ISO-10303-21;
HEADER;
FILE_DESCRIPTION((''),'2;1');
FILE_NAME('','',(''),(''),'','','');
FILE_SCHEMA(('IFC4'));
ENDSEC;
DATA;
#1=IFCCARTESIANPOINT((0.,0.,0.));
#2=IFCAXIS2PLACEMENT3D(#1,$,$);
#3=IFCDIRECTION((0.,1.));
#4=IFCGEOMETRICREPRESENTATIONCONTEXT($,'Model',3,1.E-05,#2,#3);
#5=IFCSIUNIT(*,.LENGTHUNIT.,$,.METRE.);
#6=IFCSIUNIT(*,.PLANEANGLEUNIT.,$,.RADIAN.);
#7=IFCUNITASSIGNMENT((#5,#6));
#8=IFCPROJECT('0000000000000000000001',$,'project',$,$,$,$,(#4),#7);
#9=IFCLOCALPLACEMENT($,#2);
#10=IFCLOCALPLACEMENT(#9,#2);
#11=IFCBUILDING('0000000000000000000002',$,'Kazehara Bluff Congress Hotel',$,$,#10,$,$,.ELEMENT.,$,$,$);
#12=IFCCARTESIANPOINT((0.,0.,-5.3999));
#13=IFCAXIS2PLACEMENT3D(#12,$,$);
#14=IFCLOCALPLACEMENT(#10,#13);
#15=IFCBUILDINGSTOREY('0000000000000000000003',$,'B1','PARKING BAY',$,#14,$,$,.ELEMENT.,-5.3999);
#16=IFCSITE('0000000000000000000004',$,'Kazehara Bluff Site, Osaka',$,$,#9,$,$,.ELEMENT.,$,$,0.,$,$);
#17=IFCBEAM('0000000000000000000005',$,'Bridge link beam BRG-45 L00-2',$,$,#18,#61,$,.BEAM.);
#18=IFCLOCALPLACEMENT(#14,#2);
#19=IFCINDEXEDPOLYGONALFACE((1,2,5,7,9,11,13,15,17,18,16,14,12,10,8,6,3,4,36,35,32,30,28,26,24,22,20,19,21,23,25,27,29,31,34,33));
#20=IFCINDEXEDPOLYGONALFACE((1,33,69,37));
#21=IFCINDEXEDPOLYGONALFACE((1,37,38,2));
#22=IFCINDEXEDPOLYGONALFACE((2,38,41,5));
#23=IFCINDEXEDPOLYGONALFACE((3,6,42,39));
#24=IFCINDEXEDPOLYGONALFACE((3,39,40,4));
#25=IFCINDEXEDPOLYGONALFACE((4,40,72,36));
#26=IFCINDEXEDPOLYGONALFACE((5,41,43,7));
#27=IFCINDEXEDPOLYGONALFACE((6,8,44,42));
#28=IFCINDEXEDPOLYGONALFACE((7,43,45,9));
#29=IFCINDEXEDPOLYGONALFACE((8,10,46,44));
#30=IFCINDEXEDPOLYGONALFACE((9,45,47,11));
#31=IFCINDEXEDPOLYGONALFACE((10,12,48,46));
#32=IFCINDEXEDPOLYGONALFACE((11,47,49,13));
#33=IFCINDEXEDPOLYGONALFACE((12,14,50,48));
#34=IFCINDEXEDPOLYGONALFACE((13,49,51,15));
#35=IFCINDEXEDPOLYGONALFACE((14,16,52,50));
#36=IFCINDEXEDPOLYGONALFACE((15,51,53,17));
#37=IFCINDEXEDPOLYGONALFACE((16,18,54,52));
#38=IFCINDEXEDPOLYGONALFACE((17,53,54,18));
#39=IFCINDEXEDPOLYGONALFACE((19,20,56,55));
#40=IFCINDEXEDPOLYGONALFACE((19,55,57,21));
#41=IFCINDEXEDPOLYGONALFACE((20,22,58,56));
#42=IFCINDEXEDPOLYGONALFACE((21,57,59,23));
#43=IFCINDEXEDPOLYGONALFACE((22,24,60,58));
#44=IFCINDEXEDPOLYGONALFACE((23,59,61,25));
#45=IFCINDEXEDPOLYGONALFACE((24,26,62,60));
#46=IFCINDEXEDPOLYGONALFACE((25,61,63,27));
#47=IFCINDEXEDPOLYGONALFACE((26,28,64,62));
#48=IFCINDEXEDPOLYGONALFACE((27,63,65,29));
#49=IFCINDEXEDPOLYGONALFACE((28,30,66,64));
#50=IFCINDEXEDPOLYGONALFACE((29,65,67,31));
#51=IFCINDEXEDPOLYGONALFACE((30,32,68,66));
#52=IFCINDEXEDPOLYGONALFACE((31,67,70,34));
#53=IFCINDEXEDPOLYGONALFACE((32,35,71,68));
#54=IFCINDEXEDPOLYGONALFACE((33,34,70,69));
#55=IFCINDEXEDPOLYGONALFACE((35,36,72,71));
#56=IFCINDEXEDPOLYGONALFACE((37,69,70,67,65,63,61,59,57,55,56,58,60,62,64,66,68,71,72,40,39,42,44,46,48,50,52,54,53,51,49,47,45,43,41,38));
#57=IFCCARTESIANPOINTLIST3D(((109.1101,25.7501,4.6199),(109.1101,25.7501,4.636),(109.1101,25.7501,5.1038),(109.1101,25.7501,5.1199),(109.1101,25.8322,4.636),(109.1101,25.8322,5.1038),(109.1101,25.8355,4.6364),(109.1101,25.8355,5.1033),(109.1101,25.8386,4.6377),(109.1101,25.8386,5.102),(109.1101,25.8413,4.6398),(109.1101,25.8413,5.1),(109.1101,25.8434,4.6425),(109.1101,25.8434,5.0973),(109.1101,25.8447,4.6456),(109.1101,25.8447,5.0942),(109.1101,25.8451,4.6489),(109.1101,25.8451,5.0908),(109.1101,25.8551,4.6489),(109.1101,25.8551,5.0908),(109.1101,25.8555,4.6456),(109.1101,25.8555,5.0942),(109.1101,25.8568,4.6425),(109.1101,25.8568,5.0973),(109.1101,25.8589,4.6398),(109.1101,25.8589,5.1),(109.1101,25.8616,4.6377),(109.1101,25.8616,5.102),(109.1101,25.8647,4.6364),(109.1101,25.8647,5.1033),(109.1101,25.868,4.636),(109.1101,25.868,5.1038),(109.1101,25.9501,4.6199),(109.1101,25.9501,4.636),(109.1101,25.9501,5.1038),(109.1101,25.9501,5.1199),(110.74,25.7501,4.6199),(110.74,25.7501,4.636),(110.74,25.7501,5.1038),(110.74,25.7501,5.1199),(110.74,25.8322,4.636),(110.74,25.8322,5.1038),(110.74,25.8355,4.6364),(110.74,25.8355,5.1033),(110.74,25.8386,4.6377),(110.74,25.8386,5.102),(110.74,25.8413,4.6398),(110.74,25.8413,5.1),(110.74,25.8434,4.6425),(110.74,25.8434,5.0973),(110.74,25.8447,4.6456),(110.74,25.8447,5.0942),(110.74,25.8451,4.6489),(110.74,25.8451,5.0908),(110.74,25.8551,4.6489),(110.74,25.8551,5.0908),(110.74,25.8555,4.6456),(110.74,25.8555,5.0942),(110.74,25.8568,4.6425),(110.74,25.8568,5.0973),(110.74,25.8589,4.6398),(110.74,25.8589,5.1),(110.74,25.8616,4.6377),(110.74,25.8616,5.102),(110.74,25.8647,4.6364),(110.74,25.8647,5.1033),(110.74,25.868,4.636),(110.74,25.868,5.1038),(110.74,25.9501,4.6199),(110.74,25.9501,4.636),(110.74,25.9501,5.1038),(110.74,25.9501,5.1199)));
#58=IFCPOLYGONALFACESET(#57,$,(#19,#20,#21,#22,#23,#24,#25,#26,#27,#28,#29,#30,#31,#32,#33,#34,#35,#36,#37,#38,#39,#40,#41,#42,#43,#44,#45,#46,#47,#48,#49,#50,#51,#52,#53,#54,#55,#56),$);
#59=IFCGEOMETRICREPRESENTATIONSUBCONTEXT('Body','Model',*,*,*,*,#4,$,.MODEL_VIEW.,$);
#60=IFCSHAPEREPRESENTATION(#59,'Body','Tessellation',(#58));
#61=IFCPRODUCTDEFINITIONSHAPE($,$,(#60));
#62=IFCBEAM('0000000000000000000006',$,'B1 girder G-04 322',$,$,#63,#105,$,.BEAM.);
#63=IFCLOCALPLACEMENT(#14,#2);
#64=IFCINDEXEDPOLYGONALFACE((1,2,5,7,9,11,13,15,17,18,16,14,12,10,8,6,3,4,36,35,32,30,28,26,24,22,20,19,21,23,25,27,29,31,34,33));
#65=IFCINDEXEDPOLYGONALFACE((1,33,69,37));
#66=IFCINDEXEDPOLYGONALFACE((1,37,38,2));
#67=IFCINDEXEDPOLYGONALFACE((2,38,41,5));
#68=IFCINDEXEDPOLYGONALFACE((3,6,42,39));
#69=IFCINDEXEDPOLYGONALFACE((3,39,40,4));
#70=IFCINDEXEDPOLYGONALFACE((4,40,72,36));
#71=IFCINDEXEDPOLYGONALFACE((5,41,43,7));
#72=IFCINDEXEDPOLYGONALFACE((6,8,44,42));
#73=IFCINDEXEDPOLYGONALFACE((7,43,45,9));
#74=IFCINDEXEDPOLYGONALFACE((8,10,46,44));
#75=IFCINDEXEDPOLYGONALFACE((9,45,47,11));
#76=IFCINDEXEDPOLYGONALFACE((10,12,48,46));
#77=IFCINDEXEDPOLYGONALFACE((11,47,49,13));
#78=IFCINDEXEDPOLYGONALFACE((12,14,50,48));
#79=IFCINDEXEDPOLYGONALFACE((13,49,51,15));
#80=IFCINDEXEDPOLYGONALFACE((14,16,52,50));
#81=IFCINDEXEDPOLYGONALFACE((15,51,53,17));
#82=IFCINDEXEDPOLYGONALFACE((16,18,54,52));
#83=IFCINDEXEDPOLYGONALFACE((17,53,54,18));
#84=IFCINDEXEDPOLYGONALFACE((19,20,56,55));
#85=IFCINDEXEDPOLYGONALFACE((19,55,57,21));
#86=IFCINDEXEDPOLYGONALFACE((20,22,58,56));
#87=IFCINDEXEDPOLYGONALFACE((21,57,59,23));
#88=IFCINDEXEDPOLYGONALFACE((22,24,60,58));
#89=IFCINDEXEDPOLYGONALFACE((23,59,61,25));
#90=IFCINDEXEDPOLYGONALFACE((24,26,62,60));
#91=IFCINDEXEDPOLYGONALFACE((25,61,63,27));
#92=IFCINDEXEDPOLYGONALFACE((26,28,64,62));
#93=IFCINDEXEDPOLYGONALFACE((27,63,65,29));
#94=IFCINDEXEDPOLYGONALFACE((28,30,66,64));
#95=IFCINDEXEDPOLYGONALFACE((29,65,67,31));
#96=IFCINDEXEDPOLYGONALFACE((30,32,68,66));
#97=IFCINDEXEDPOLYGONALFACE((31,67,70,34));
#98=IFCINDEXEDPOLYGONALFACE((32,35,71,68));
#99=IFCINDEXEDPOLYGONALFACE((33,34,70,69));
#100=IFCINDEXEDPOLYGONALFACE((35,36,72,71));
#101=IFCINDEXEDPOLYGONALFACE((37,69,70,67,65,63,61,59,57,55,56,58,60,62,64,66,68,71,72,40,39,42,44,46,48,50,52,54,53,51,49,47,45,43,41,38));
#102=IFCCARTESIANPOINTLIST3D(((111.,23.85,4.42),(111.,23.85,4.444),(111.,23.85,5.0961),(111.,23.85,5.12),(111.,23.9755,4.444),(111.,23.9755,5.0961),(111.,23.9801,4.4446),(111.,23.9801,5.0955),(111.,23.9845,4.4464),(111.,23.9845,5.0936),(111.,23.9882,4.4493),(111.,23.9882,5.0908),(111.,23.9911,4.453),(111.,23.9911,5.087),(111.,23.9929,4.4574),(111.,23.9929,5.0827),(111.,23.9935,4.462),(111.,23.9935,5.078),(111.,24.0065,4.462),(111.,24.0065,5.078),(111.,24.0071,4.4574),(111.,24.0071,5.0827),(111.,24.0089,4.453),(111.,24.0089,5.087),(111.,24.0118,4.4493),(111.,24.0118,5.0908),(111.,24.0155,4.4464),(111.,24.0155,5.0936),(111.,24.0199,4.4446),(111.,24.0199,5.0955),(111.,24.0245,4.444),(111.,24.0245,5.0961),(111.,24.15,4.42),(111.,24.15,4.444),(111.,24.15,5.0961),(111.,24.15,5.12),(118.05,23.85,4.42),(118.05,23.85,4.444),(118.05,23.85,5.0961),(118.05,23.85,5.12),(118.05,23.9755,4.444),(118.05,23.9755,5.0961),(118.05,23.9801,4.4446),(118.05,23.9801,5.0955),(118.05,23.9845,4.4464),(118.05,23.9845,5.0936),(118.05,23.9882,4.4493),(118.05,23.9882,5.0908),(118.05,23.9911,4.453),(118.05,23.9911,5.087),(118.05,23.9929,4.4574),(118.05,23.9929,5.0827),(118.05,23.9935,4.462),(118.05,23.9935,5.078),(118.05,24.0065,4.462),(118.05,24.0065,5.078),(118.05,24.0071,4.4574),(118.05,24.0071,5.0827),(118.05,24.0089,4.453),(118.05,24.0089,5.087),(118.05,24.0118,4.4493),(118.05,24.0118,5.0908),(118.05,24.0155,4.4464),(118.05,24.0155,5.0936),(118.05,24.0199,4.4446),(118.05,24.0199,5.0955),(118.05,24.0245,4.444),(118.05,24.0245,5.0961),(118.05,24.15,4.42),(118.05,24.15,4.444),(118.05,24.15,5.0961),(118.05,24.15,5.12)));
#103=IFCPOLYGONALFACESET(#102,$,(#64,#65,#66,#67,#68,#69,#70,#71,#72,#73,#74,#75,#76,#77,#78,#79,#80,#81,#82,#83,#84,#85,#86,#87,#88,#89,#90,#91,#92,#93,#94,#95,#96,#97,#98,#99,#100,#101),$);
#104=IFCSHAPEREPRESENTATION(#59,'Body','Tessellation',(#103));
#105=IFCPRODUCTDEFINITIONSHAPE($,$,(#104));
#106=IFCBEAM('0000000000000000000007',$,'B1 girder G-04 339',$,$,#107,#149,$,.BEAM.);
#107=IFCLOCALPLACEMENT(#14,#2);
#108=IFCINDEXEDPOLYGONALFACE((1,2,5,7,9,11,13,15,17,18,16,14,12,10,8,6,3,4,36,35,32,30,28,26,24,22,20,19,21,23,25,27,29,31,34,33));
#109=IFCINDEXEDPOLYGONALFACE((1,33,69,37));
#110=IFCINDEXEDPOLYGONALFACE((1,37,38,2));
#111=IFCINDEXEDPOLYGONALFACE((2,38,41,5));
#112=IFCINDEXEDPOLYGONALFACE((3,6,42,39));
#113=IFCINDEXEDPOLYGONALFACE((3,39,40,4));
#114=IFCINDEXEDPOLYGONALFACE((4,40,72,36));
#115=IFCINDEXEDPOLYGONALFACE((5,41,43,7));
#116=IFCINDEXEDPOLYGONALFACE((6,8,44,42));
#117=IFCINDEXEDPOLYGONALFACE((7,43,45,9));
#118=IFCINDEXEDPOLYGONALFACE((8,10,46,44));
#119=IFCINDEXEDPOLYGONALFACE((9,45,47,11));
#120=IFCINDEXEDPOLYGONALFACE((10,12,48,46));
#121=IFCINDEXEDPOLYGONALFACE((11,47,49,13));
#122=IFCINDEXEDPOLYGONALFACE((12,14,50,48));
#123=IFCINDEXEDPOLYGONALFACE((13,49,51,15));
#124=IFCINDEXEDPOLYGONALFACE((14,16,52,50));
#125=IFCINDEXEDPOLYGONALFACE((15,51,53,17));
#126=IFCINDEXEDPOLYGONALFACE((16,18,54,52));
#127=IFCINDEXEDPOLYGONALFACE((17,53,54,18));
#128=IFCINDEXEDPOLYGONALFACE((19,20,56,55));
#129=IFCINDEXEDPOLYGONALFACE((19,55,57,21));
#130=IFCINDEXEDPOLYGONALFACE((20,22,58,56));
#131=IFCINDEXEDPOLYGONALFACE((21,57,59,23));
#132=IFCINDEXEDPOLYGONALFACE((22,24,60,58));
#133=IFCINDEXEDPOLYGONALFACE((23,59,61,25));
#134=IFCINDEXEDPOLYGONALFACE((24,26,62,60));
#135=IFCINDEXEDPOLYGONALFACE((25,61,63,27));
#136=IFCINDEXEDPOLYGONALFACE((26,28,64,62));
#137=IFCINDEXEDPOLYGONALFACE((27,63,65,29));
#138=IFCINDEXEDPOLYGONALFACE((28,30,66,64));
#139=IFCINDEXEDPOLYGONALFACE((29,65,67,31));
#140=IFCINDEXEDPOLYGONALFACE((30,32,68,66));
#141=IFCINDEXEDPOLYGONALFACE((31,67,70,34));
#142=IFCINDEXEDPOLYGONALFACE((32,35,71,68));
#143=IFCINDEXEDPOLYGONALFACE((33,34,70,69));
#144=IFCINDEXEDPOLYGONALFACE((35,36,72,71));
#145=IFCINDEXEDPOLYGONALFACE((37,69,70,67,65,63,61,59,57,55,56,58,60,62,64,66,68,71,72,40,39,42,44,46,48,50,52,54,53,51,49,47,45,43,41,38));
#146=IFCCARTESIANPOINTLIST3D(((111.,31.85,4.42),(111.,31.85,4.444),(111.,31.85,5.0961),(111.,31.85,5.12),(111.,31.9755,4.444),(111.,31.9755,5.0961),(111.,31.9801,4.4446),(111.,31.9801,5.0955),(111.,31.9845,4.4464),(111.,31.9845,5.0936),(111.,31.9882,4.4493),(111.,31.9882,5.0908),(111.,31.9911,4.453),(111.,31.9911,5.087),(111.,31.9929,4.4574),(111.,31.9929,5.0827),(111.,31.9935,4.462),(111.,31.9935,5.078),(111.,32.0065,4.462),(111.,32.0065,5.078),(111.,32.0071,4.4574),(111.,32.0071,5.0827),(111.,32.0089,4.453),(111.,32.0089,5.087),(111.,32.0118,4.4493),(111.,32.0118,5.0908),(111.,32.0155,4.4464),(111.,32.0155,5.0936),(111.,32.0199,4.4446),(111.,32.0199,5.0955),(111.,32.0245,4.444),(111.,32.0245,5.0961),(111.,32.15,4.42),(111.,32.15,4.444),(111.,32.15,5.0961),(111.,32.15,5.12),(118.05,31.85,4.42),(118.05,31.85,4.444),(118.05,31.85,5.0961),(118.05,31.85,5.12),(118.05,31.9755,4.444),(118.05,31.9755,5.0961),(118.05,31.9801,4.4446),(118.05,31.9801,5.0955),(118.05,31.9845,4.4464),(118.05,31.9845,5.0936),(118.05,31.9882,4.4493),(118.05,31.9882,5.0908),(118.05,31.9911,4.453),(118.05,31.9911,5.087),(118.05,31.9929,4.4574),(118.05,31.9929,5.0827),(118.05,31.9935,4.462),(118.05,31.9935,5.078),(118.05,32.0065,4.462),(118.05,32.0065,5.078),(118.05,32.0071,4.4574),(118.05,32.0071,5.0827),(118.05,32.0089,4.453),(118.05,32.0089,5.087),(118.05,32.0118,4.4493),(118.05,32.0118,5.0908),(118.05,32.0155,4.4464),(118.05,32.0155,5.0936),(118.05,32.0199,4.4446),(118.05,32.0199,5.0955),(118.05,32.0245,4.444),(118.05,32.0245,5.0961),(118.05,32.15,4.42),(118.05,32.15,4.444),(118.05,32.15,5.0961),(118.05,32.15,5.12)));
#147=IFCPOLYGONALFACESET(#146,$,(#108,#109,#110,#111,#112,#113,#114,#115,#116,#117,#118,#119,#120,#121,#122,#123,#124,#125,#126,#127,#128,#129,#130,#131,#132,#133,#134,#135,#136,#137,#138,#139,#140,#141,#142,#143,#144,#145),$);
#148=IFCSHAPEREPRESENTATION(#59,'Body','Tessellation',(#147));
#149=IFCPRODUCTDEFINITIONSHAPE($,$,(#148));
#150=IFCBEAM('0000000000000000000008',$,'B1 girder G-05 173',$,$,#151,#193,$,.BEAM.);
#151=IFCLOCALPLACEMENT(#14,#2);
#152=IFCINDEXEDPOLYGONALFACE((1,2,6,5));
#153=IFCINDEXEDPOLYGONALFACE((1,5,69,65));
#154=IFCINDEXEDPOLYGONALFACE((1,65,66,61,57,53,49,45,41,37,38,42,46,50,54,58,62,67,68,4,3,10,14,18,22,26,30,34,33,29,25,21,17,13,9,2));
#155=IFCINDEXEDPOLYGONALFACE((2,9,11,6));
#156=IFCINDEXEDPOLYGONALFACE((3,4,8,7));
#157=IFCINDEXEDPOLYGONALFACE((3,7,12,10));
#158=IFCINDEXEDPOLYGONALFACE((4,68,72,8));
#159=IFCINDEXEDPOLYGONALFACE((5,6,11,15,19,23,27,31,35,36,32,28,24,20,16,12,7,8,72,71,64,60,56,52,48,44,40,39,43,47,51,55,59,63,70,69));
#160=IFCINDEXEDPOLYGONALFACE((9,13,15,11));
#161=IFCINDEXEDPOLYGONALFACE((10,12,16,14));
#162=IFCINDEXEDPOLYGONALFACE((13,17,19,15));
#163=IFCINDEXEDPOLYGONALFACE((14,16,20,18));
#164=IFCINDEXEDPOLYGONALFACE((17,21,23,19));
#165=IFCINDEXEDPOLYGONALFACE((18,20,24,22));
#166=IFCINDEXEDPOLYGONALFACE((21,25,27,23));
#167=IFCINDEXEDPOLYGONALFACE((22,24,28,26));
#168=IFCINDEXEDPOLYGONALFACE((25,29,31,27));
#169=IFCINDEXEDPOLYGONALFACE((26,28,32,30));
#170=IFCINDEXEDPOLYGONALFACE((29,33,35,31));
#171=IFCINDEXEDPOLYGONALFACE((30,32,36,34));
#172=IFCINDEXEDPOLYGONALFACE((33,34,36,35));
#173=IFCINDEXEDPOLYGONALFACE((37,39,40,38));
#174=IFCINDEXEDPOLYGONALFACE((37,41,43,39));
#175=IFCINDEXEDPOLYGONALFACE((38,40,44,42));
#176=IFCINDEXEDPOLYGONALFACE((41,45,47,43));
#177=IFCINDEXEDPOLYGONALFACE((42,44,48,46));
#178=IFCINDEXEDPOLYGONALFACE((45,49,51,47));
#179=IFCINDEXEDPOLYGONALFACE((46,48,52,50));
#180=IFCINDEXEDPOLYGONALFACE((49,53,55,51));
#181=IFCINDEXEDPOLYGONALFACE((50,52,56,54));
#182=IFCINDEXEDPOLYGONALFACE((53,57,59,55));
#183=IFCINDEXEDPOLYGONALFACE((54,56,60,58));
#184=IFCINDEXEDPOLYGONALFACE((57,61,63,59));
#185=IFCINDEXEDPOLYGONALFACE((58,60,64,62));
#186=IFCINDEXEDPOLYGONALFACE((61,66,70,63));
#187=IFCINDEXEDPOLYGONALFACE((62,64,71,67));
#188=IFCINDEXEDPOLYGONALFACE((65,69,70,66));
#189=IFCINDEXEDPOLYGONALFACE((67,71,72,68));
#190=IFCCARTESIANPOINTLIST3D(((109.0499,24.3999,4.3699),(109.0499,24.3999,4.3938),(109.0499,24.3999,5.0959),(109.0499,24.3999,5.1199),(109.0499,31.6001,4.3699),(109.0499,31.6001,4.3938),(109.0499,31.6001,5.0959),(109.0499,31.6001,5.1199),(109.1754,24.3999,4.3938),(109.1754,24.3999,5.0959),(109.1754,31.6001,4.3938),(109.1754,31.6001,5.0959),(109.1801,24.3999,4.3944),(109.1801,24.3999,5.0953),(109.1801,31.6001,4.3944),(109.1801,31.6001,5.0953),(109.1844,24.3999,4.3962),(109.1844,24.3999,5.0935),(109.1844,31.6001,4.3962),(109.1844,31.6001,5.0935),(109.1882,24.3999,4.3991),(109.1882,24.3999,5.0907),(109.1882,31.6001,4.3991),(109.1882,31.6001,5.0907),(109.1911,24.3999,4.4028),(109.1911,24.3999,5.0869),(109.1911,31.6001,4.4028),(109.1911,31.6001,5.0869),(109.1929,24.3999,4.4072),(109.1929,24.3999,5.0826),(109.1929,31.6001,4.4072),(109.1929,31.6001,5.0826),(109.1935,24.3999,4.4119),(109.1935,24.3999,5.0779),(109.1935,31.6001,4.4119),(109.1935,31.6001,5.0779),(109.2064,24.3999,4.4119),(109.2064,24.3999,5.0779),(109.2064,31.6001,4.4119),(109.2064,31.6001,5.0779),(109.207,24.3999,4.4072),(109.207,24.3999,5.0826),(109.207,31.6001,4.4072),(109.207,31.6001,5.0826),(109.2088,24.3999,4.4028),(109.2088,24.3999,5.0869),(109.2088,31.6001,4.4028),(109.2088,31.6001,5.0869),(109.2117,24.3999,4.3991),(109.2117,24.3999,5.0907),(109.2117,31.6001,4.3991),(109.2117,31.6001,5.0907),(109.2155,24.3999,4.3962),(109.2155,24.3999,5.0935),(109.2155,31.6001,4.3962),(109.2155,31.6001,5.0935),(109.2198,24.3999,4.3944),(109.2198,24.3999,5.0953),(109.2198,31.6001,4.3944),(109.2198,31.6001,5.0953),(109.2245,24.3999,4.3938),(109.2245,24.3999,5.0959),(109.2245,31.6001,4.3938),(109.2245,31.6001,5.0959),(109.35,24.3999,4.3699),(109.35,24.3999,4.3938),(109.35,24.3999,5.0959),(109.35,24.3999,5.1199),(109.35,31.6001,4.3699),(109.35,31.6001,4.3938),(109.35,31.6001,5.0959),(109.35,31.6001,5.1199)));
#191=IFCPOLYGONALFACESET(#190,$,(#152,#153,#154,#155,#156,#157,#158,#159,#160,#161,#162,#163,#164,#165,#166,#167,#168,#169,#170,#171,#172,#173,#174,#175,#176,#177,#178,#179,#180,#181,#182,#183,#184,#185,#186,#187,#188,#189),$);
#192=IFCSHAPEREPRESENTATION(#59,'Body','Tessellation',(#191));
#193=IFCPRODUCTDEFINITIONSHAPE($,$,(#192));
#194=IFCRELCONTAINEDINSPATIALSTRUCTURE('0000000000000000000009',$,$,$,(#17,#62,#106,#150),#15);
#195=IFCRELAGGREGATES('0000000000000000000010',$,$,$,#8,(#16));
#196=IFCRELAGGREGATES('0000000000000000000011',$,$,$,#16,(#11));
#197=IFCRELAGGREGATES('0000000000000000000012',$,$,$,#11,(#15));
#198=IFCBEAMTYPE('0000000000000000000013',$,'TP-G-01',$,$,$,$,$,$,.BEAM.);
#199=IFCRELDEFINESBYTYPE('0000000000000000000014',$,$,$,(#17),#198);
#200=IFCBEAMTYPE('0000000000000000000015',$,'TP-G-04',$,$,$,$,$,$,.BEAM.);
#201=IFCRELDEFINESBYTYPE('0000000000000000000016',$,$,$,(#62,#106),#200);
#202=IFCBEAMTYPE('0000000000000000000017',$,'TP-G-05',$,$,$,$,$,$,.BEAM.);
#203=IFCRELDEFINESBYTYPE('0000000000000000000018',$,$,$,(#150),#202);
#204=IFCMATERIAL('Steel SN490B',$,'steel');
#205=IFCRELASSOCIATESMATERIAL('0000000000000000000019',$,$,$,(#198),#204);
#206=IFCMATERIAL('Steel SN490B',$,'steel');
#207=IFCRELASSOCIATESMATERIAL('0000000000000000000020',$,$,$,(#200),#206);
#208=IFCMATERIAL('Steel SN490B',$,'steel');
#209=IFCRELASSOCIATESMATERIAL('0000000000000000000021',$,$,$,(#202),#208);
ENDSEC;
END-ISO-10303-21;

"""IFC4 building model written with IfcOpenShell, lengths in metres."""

from ifc_helpers import new_model, si_unit, direction, frame, origin, origin_2d, place, context, subcontext, project, spatial, i_section, extrude, material, material_profile, profile_set, type_object, element, save


model = new_model("IFC4")

# Units and contexts
model_context = context("Model", 3, precision=1e-05, world=origin(), true_north=direction((0.0, 1.0)))
body_context = subcontext(model_context, "Body", "Model", "MODEL_VIEW")
ifc_project = project(units=[si_unit("LENGTHUNIT", "METRE"), si_unit("PLANEANGLEUNIT", "RADIAN")], contexts=[model_context])

# Site, building, storey
site_placement = place(None, origin())
site = spatial("IfcSite", under=ifc_project, at=site_placement, Name="Kazehara Bluff Site, Osaka", CompositionType="ELEMENT", RefElevation=0.0)
building_placement = place(site_placement, origin())
building = spatial("IfcBuilding", under=site, at=building_placement, Name="Kazehara Bluff Congress Hotel", CompositionType="ELEMENT")
storey_placement = place(building_placement, frame((0.0, 0.0, -5.3999)))
storey = spatial("IfcBuildingStorey", under=building, at=storey_placement, Name="B1", Description="PARKING BAY", CompositionType="ELEMENT", Elevation=-5.3999)

# Beams
ifc_material_1 = material(Name="Steel SN490B", Category="steel")
ifc_material_profile_1 = material_profile(ifc_material_1, i_section(OverallWidth=0.2, OverallDepth=0.5, WebThickness=0.01, FlangeThickness=0.0161, FilletRadius=0.0129, at=origin_2d()))
ifc_profile_set_1 = profile_set([ifc_material_profile_1], Name="Steel SN490B")
beam_type_1 = type_object("IfcBeamType", Name="TP-G-01", PredefinedType="BEAM", material=ifc_profile_set_1)
for number, where, z_axis, x_axis, name in (
    (1, (109.1101, 25.8501, 4.8699), (1.0, 0.0, 0.0), (0.0, 1.0, 0.0), "Bridge link beam BRG-45 L00-2"),
):
    element("IfcBeam", number, at=place(storey_placement, frame(where, z_axis=z_axis, x_axis=x_axis)), inside=storey, type_object=beam_type_1, Name=name, PredefinedType="BEAM", context=body_context, shape_type="SweptSolid", body=[
        extrude(i_section(OverallWidth=0.2, OverallDepth=0.5, WebThickness=0.01, FlangeThickness=0.0161, FilletRadius=0.0129, at=origin_2d()), origin(), (0.0, 0.0, 1.0), 1.6299),
    ])
ifc_material_2 = material(Name="Steel SN490B", Category="steel")
ifc_material_profile_2 = material_profile(ifc_material_2, i_section(OverallWidth=0.3, OverallDepth=0.7, WebThickness=0.0129, FlangeThickness=0.0239, FilletRadius=0.0181, at=origin_2d()))
ifc_profile_set_2 = profile_set([ifc_material_profile_2], Name="Steel SN490B")
beam_type_2 = type_object("IfcBeamType", Name="TP-G-04", PredefinedType="BEAM", material=ifc_profile_set_2)
for number, where, z_axis, x_axis, name in (
    (2, (111.0, 24.0, 4.77), (1.0, 0.0, 0.0), (0.0, 1.0, 0.0), "B1 girder G-04 322"),
    (3, (111.0, 32.0, 4.77), (1.0, 0.0, 0.0), (0.0, 1.0, 0.0), "B1 girder G-04 339"),
):
    element("IfcBeam", number, at=place(storey_placement, frame(where, z_axis=z_axis, x_axis=x_axis)), inside=storey, type_object=beam_type_2, Name=name, PredefinedType="BEAM", context=body_context, shape_type="SweptSolid", body=[
        extrude(i_section(OverallWidth=0.3, OverallDepth=0.7, WebThickness=0.0129, FlangeThickness=0.0239, FilletRadius=0.0181, at=origin_2d()), origin(), (0.0, 0.0, 1.0), 7.05),
    ])
ifc_material_3 = material(Name="Steel SN490B", Category="steel")
ifc_material_profile_3 = material_profile(ifc_material_3, i_section(OverallWidth=0.3, OverallDepth=0.75, WebThickness=0.0129, FlangeThickness=0.0239, FilletRadius=0.0181, at=origin_2d()))
ifc_profile_set_3 = profile_set([ifc_material_profile_3], Name="Steel SN490B")
beam_type_3 = type_object("IfcBeamType", Name="TP-G-05", PredefinedType="BEAM", material=ifc_profile_set_3)
beam_1_placement = place(storey_placement, frame((109.2, 24.3999, 4.7449), z_axis=(0.0, 1.0, 0.0), x_axis=(-1.0, 0.0, 0.0)))
element("IfcBeam", 4, at=beam_1_placement, inside=storey, type_object=beam_type_3, Name="B1 girder G-05 173", PredefinedType="BEAM", context=body_context, shape_type="SweptSolid", body=[
    extrude(i_section(OverallWidth=0.3, OverallDepth=0.75, WebThickness=0.0129, FlangeThickness=0.0239, FilletRadius=0.0181, at=origin_2d()), origin(), (0.0, 0.0, 1.0), 7.2002),
])

save(model, "model.ifc")
